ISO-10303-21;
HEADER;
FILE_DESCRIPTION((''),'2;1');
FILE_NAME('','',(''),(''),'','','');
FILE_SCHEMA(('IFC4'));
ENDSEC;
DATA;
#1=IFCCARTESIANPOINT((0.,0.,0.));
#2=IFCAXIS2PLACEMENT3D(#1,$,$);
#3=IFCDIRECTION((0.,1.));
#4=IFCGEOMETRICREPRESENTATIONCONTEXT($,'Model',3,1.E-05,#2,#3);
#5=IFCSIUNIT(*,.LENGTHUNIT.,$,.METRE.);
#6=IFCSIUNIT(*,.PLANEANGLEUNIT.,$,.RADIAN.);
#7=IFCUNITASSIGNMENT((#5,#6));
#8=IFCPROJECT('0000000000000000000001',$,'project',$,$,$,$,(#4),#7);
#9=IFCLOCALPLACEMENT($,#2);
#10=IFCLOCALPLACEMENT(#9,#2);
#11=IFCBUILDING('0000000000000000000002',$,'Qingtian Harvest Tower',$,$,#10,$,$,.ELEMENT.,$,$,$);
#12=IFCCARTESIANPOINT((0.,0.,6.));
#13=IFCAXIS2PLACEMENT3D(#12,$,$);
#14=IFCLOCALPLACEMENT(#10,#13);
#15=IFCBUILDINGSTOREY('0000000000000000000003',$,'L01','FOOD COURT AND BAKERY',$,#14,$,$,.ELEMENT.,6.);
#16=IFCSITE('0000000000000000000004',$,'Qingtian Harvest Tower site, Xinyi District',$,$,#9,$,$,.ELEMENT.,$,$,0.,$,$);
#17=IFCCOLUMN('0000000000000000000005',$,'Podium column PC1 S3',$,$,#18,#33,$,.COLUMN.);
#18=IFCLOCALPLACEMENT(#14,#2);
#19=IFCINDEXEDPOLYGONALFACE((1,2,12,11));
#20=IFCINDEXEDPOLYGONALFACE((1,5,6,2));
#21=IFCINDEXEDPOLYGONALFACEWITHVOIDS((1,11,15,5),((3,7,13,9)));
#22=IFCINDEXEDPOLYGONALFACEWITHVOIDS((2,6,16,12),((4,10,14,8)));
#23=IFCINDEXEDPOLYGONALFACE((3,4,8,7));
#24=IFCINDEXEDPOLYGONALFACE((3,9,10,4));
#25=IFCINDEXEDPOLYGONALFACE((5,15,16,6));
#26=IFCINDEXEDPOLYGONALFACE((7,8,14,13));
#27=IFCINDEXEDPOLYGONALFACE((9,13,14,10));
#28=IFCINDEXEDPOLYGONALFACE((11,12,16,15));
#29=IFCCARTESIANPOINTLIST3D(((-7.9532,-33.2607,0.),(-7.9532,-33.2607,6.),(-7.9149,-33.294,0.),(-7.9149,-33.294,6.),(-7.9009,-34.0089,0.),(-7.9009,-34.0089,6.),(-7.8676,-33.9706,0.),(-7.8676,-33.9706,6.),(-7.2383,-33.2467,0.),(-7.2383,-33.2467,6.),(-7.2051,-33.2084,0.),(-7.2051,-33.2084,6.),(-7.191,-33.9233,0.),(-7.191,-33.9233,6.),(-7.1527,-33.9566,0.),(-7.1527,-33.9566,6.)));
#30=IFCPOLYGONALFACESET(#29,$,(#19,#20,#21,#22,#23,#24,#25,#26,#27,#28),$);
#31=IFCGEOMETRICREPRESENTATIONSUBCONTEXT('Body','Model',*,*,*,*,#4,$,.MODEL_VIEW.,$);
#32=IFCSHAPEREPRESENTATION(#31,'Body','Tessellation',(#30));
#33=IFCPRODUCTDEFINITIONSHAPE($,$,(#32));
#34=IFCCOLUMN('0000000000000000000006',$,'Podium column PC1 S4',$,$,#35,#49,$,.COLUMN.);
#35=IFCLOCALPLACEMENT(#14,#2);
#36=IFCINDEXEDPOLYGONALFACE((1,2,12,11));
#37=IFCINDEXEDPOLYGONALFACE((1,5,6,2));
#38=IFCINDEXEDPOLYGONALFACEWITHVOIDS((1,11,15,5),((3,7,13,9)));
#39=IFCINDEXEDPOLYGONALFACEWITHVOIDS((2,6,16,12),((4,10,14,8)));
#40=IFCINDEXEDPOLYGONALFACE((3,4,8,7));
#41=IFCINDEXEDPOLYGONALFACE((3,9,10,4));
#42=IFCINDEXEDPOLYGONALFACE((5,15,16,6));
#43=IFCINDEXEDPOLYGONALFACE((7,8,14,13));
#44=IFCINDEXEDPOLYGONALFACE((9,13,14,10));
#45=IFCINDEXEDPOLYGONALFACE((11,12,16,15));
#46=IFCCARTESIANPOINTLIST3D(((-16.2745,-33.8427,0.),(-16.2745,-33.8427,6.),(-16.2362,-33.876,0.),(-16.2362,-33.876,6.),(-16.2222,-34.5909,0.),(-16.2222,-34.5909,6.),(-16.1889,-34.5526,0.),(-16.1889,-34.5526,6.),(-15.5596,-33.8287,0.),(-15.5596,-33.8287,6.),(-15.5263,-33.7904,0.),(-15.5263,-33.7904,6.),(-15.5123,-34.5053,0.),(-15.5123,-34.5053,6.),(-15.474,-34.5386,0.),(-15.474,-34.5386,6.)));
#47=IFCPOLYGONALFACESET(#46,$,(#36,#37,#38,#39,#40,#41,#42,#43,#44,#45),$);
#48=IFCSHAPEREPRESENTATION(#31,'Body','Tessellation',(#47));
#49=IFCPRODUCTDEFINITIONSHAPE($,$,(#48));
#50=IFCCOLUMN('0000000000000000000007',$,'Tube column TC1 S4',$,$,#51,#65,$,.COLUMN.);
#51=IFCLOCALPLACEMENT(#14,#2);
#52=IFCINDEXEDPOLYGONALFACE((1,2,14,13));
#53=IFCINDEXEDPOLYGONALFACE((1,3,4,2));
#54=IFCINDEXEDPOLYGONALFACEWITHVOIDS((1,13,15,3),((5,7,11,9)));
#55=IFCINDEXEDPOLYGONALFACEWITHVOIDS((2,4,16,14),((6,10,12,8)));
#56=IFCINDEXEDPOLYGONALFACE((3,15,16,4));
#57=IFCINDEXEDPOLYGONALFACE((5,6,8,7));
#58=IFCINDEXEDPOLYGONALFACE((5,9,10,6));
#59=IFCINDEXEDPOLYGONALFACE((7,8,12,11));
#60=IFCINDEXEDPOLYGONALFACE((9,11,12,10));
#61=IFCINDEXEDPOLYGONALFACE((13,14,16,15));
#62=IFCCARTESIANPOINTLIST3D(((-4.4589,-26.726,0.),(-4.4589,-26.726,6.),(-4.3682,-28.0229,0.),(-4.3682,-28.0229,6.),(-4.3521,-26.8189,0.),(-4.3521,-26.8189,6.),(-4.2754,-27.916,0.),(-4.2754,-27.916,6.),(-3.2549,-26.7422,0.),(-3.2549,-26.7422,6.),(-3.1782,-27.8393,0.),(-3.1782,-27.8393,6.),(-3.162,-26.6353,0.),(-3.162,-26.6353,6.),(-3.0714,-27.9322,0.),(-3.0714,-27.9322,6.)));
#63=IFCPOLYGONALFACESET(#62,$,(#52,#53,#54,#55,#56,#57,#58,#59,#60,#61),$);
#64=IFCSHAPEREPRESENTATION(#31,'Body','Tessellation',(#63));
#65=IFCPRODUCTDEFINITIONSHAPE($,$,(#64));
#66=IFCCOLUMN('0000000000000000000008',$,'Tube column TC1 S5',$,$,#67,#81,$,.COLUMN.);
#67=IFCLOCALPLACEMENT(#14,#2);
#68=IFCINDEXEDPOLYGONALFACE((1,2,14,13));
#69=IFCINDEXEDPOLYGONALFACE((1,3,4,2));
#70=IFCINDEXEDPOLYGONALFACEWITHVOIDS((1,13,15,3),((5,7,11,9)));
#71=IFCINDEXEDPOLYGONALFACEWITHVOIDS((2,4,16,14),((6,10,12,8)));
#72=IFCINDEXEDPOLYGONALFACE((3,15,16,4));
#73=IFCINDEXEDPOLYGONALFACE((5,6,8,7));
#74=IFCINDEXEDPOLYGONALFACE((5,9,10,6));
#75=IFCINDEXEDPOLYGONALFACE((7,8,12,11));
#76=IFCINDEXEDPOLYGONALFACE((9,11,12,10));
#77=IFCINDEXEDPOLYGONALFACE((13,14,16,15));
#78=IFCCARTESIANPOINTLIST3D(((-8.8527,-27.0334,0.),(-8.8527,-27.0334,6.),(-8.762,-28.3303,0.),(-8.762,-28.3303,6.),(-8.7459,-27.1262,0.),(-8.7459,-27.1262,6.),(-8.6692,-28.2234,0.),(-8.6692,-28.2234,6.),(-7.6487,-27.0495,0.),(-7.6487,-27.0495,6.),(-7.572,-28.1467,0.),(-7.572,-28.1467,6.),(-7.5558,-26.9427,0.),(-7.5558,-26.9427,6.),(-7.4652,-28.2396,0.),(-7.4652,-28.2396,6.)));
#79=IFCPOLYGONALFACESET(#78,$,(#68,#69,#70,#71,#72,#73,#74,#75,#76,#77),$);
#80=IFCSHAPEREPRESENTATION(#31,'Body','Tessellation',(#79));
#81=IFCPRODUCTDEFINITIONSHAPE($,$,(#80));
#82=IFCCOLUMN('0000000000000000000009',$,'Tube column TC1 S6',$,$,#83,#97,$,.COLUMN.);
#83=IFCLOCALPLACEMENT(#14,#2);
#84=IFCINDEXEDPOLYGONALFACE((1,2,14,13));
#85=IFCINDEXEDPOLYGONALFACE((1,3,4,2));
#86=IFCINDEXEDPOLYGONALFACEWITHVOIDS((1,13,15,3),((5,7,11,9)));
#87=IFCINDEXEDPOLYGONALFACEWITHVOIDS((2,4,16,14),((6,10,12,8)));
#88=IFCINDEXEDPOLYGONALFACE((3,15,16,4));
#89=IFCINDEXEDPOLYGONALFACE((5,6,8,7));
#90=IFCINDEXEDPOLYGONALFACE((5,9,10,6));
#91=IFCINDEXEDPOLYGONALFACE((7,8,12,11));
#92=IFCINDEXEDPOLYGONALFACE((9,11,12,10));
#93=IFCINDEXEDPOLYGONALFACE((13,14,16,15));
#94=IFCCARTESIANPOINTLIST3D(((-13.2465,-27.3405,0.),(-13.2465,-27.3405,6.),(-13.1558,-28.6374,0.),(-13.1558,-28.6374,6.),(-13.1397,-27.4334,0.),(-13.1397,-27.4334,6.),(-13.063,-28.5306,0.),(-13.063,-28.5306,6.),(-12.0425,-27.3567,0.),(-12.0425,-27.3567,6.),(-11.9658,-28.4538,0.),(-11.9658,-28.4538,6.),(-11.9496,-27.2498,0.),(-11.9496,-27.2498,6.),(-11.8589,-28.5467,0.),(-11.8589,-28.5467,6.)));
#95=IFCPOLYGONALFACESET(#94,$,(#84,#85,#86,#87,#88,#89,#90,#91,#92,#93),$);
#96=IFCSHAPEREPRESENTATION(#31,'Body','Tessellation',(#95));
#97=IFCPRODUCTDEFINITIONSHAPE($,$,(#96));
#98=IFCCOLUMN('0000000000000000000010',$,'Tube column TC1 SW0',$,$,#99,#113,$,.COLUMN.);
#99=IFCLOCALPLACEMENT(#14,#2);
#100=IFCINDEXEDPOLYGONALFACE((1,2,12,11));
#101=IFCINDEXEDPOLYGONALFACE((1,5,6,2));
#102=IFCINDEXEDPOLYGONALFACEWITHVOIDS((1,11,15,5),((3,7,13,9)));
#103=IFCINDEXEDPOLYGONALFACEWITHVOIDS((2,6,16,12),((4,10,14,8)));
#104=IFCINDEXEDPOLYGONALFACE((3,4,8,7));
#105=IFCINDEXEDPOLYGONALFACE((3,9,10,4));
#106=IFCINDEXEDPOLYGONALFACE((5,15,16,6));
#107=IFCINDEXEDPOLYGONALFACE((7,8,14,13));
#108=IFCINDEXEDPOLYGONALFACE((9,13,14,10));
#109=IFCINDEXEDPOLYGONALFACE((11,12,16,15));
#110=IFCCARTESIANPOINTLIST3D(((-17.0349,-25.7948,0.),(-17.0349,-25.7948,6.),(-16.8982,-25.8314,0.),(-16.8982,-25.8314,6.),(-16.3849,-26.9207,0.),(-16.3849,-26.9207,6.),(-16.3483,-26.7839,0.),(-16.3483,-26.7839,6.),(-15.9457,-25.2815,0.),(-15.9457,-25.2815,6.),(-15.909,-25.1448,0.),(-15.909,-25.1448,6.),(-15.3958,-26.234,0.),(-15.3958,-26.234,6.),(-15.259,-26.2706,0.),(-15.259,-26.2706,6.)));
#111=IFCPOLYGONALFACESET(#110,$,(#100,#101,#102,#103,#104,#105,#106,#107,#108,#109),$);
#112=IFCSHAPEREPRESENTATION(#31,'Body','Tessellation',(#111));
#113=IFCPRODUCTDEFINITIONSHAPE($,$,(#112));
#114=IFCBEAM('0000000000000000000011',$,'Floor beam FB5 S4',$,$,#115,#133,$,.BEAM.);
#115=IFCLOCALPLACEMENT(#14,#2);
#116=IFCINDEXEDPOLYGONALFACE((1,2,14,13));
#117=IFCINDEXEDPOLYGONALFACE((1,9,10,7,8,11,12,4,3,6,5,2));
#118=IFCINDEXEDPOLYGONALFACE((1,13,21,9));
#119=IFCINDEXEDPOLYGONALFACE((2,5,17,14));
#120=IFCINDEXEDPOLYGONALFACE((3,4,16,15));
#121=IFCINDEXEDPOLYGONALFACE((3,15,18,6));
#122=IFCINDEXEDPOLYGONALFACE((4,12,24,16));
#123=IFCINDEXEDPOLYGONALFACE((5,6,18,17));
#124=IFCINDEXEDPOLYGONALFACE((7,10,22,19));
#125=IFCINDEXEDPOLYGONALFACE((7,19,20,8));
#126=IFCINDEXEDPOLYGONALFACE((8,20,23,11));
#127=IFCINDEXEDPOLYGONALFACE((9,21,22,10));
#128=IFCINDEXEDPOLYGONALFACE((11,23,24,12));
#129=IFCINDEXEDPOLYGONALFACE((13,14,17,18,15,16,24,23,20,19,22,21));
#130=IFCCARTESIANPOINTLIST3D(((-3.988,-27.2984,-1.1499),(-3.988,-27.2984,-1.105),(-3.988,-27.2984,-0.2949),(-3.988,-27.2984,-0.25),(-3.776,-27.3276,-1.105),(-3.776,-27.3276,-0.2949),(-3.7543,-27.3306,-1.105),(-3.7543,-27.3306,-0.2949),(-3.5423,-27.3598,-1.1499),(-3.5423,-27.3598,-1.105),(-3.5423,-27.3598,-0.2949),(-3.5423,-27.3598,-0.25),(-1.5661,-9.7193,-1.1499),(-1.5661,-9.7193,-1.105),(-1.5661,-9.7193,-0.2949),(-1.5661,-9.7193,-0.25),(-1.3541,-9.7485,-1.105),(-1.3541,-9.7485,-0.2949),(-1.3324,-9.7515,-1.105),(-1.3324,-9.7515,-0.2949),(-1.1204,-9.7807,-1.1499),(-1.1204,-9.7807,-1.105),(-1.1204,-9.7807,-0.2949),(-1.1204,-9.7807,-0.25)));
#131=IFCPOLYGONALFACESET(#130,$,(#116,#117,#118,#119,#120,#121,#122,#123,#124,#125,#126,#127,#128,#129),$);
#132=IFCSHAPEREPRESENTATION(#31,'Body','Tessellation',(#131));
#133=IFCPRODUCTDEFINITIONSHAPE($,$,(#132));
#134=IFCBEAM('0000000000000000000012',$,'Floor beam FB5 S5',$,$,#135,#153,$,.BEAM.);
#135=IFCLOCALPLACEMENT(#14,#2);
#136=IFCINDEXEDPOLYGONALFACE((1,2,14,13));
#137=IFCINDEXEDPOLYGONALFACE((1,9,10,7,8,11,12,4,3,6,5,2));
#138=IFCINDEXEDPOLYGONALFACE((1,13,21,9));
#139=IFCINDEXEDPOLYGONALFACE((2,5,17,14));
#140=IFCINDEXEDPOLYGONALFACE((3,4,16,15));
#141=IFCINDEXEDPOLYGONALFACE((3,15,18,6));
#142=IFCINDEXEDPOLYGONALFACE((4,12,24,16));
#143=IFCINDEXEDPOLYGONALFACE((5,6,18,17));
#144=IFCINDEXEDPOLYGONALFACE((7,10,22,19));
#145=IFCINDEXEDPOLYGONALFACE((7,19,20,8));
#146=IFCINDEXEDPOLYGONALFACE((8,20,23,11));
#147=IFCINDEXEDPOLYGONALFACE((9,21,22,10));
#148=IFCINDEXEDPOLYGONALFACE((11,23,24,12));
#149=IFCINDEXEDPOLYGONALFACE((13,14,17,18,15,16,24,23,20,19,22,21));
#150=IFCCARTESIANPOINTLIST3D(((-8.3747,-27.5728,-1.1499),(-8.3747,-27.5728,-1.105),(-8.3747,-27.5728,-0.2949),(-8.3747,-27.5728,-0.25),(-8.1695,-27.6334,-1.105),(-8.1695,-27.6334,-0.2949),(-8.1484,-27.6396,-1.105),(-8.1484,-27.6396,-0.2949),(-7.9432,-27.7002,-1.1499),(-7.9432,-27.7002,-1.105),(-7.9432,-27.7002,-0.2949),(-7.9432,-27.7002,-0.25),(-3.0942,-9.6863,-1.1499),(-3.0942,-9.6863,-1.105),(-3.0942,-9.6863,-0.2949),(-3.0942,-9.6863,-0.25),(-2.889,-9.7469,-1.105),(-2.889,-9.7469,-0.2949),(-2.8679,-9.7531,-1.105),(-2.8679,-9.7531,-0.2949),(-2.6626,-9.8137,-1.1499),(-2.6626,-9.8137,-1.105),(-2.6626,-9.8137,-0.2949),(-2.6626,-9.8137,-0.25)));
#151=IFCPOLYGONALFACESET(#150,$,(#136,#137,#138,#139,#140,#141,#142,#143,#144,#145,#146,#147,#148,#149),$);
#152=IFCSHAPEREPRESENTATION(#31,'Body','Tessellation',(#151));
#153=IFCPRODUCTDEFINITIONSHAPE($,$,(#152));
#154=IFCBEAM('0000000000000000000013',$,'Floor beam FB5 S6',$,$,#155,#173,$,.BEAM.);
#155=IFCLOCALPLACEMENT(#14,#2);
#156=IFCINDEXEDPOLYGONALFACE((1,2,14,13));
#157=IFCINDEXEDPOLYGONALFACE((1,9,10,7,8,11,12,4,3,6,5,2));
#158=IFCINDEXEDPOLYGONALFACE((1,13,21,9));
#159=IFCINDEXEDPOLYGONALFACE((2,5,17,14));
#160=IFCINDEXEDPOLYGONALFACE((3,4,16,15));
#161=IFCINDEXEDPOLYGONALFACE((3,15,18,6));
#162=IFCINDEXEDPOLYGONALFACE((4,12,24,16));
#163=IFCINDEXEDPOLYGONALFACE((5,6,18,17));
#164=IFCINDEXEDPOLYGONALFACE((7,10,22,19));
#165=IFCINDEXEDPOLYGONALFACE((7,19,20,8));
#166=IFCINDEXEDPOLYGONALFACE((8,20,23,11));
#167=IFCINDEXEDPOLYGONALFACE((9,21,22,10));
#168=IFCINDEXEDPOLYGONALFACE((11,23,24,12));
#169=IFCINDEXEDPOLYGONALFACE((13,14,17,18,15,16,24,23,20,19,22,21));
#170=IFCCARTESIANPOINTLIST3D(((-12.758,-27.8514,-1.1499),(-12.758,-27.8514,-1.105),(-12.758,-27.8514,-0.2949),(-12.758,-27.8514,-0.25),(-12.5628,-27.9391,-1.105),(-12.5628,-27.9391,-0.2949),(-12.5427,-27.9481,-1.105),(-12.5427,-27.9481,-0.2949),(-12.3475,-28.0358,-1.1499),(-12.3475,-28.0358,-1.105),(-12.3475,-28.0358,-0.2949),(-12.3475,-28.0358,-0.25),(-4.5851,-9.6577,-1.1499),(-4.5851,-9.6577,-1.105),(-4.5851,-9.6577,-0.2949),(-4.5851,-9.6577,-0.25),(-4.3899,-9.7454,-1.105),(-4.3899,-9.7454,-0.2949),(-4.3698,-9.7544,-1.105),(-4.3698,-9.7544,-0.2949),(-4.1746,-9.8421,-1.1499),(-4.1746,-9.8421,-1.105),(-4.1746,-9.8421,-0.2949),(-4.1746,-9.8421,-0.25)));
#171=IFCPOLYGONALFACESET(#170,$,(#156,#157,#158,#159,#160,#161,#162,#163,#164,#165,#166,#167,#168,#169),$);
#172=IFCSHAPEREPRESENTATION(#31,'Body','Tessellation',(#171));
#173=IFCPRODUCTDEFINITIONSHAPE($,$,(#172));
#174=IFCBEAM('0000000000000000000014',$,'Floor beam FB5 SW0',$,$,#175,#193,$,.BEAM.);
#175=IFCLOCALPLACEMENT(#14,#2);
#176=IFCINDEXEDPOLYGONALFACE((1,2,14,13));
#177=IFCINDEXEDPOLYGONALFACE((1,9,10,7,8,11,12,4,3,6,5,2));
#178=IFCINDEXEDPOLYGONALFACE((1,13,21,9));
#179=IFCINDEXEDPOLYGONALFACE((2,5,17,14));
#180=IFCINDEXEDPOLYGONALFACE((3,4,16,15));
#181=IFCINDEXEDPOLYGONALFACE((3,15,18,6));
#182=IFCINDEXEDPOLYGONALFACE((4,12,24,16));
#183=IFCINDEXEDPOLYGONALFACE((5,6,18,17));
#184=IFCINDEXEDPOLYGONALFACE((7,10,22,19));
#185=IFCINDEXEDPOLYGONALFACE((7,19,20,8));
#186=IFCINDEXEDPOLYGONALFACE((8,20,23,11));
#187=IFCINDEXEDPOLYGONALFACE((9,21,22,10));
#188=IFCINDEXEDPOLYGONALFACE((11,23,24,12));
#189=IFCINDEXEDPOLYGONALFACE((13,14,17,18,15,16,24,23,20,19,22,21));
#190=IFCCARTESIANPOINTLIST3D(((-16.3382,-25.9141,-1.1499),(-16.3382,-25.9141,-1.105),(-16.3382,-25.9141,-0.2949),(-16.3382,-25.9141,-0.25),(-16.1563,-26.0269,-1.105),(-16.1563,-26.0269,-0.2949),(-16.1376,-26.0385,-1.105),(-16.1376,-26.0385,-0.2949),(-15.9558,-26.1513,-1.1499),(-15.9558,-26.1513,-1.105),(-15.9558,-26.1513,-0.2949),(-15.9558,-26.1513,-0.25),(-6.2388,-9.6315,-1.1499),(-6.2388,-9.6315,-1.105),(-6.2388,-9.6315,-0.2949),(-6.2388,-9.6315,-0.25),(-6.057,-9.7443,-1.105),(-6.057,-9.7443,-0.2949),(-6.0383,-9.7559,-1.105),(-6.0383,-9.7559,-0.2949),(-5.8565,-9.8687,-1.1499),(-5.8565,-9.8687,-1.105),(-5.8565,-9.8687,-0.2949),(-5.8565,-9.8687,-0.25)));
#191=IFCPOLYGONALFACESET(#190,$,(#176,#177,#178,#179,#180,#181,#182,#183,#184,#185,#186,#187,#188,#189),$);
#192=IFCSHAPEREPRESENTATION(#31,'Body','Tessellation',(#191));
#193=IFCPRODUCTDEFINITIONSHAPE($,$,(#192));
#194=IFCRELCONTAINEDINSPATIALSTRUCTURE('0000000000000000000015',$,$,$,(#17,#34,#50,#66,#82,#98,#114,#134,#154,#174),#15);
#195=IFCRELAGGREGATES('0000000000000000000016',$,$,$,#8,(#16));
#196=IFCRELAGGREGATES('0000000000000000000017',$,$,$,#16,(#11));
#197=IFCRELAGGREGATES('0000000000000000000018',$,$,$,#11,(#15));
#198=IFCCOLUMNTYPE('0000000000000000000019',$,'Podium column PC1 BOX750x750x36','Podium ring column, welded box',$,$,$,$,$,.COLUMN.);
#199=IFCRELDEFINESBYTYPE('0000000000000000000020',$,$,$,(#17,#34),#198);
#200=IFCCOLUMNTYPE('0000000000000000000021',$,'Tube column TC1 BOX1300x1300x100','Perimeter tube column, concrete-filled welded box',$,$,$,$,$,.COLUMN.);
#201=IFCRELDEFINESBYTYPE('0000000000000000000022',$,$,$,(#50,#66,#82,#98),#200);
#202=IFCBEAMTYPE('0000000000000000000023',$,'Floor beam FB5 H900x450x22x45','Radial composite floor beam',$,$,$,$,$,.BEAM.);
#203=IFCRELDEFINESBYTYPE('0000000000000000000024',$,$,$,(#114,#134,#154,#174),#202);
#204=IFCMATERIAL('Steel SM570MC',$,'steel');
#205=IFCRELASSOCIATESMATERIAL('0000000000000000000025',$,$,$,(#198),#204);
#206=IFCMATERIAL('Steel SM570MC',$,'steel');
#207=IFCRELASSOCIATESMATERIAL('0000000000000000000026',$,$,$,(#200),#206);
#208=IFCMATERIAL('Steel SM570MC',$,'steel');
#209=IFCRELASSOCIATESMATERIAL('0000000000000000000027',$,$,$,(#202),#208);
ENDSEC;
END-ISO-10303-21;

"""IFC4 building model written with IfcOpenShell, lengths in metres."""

from ifc_helpers import new_model, si_unit, direction, frame, origin, origin_2d, place, context, subcontext, project, spatial, hollow_rectangle, i_section, extrude, material, material_profile, profile_set, type_object, element, save


model = new_model("IFC4")

# Units and contexts
model_context = context("Model", 3, precision=1e-05, world=origin(), true_north=direction((0.0, 1.0)))
body_context = subcontext(model_context, "Body", "Model", "MODEL_VIEW")
ifc_project = project(units=[si_unit("LENGTHUNIT", "METRE"), si_unit("PLANEANGLEUNIT", "RADIAN")], contexts=[model_context])

# Site, building, storey
site_placement = place(None, origin())
site = spatial("IfcSite", under=ifc_project, at=site_placement, Name="Qingtian Harvest Tower site, Xinyi District", CompositionType="ELEMENT", RefElevation=0.0)
building_placement = place(site_placement, origin())
building = spatial("IfcBuilding", under=site, at=building_placement, Name="Qingtian Harvest Tower", CompositionType="ELEMENT")
storey_placement = place(building_placement, frame((0.0, 0.0, 6.0)))
storey = spatial("IfcBuildingStorey", under=building, at=storey_placement, Name="L01", Description="FOOD COURT AND BAKERY", CompositionType="ELEMENT", Elevation=6.0)

# Columns
ifc_material_1 = material(Name="Steel SM570MC", Category="steel")
ifc_material_profile_1 = material_profile(ifc_material_1, hollow_rectangle(XDim=0.75, YDim=0.75, WallThickness=0.0359, at=origin_2d()), Name="BOX750x750x36")
ifc_profile_set_1 = profile_set([ifc_material_profile_1], Name="Steel SM570MC")
column_type_1 = type_object("IfcColumnType", Name="Podium column PC1 BOX750x750x36", Description="Podium ring column, welded box", PredefinedType="COLUMN", material=ifc_profile_set_1)
for number, where, z_axis, x_axis, name in (
    (1, (-7.553, -33.6086, 0.0), (0.0, 0.0, 1.0), (0.997564, 0.069756, 0.0), "Podium column PC1 S3"),
    (2, (-15.8743, -34.1907, 0.0), (0.0, 0.0, 1.0), (0.997564, 0.069756, 0.0), "Podium column PC1 S4"),
):
    element("IfcColumn", number, at=place(storey_placement, frame(where, z_axis=z_axis, x_axis=x_axis)), inside=storey, type_object=column_type_1, Name=name, PredefinedType="COLUMN", context=body_context, shape_type="SweptSolid", body=[
        extrude(hollow_rectangle(XDim=0.75, YDim=0.75, WallThickness=0.0359, at=origin_2d()), origin(), (0.0, 0.0, 1.0), 6.0),
    ])
ifc_material_2 = material(Name="Steel SM570MC", Category="steel")
ifc_material_profile_2 = material_profile(ifc_material_2, hollow_rectangle(XDim=1.3, YDim=1.3, WallThickness=0.1001, at=origin_2d()), Name="BOX1300x1300x100")
ifc_profile_set_2 = profile_set([ifc_material_profile_2], Name="Steel SM570MC")
column_type_2 = type_object("IfcColumnType", Name="Tube column TC1 BOX1300x1300x100", Description="Perimeter tube column, concrete-filled welded box", PredefinedType="COLUMN", material=ifc_profile_set_2)
for number, where, z_axis, x_axis, name in (
    (3, (-3.7651, -27.3291, 0.0), (0.0, 0.0, 1.0), (0.997564, 0.069756, 0.0), "Tube column TC1 S4"),
    (4, (-8.1589, -27.6365, 0.0), (0.0, 0.0, 1.0), (0.997564, 0.069756, 0.0), "Tube column TC1 S5"),
    (5, (-12.5527, -27.9436, 0.0), (0.0, 0.0, 1.0), (0.997564, 0.069756, 0.0), "Tube column TC1 S6"),
    (6, (-16.147, -26.0327, 0.0), (0.0, 0.0, 1.0), (0.5, -0.866025, 0.0), "Tube column TC1 SW0"),
):
    element("IfcColumn", number, at=place(storey_placement, frame(where, z_axis=z_axis, x_axis=x_axis)), inside=storey, type_object=column_type_2, Name=name, PredefinedType="COLUMN", context=body_context, shape_type="SweptSolid", body=[
        extrude(hollow_rectangle(XDim=1.3, YDim=1.3, WallThickness=0.1001, at=origin_2d()), origin(), (0.0, 0.0, 1.0), 6.0),
    ])

# Beams
ifc_material_3 = material(Name="Steel SM570MC", Category="steel")
ifc_material_profile_3 = material_profile(ifc_material_3, i_section(OverallWidth=0.45, OverallDepth=0.8999, WebThickness=0.022, FlangeThickness=0.0449, at=origin_2d()), Name="H900x450x22x45")
ifc_profile_set_3 = profile_set([ifc_material_profile_3], Name="Steel SM570MC")
beam_type_1 = type_object("IfcBeamType", Name="Floor beam FB5 H900x450x22x45", Description="Radial composite floor beam", PredefinedType="BEAM", material=ifc_profile_set_3)
beam_1_placement = place(storey_placement, frame((-3.7651, -27.3291, -0.7), z_axis=(0.136481, 0.990643, 0.0), x_axis=(-0.990643, 0.136481, 0.0)))
element("IfcBeam", 7, at=beam_1_placement, inside=storey, type_object=beam_type_1, Name="Floor beam FB5 S4", PredefinedType="BEAM", context=body_context, shape_type="SweptSolid", body=[
    extrude(i_section(OverallWidth=0.45, OverallDepth=0.8999, WebThickness=0.022, FlangeThickness=0.0449, at=origin_2d()), origin(), (0.0, 0.0, 1.0), 17.7451),
])
beam_2_placement = place(storey_placement, frame((-8.1589, -27.6365, -0.7), z_axis=(0.283143, 0.959078, 0.0), x_axis=(-0.959078, 0.283143, 0.0)))
element("IfcBeam", 8, at=beam_2_placement, inside=storey, type_object=beam_type_1, Name="Floor beam FB5 S5", PredefinedType="BEAM", context=body_context, shape_type="SweptSolid", body=[
    extrude(i_section(OverallWidth=0.45, OverallDepth=0.8999, WebThickness=0.022, FlangeThickness=0.0449, at=origin_2d()), origin(), (0.0, 0.0, 1.0), 18.6497),
])
beam_3_placement = place(storey_placement, frame((-12.5527, -27.9436, -0.7), z_axis=(0.40977, 0.912189, 0.0), x_axis=(-0.912189, 0.40977, 0.0)))
element("IfcBeam", 9, at=beam_3_placement, inside=storey, type_object=beam_type_1, Name="Floor beam FB5 S6", PredefinedType="BEAM", context=body_context, shape_type="SweptSolid", body=[
    extrude(i_section(OverallWidth=0.45, OverallDepth=0.8999, WebThickness=0.022, FlangeThickness=0.0449, at=origin_2d()), origin(), (0.0, 0.0, 1.0), 19.9451),
])
beam_4_placement = place(storey_placement, frame((-16.147, -26.0327, -0.7), z_axis=(0.527094, 0.849807, 0.0), x_axis=(-0.849807, 0.527094, 0.0)))
element("IfcBeam", 10, at=beam_4_placement, inside=storey, type_object=beam_type_1, Name="Floor beam FB5 SW0", PredefinedType="BEAM", context=body_context, shape_type="SweptSolid", body=[
    extrude(i_section(OverallWidth=0.45, OverallDepth=0.8999, WebThickness=0.022, FlangeThickness=0.0449, at=origin_2d()), origin(), (0.0, 0.0, 1.0), 19.1604),
])

save(model, "model.ifc")
